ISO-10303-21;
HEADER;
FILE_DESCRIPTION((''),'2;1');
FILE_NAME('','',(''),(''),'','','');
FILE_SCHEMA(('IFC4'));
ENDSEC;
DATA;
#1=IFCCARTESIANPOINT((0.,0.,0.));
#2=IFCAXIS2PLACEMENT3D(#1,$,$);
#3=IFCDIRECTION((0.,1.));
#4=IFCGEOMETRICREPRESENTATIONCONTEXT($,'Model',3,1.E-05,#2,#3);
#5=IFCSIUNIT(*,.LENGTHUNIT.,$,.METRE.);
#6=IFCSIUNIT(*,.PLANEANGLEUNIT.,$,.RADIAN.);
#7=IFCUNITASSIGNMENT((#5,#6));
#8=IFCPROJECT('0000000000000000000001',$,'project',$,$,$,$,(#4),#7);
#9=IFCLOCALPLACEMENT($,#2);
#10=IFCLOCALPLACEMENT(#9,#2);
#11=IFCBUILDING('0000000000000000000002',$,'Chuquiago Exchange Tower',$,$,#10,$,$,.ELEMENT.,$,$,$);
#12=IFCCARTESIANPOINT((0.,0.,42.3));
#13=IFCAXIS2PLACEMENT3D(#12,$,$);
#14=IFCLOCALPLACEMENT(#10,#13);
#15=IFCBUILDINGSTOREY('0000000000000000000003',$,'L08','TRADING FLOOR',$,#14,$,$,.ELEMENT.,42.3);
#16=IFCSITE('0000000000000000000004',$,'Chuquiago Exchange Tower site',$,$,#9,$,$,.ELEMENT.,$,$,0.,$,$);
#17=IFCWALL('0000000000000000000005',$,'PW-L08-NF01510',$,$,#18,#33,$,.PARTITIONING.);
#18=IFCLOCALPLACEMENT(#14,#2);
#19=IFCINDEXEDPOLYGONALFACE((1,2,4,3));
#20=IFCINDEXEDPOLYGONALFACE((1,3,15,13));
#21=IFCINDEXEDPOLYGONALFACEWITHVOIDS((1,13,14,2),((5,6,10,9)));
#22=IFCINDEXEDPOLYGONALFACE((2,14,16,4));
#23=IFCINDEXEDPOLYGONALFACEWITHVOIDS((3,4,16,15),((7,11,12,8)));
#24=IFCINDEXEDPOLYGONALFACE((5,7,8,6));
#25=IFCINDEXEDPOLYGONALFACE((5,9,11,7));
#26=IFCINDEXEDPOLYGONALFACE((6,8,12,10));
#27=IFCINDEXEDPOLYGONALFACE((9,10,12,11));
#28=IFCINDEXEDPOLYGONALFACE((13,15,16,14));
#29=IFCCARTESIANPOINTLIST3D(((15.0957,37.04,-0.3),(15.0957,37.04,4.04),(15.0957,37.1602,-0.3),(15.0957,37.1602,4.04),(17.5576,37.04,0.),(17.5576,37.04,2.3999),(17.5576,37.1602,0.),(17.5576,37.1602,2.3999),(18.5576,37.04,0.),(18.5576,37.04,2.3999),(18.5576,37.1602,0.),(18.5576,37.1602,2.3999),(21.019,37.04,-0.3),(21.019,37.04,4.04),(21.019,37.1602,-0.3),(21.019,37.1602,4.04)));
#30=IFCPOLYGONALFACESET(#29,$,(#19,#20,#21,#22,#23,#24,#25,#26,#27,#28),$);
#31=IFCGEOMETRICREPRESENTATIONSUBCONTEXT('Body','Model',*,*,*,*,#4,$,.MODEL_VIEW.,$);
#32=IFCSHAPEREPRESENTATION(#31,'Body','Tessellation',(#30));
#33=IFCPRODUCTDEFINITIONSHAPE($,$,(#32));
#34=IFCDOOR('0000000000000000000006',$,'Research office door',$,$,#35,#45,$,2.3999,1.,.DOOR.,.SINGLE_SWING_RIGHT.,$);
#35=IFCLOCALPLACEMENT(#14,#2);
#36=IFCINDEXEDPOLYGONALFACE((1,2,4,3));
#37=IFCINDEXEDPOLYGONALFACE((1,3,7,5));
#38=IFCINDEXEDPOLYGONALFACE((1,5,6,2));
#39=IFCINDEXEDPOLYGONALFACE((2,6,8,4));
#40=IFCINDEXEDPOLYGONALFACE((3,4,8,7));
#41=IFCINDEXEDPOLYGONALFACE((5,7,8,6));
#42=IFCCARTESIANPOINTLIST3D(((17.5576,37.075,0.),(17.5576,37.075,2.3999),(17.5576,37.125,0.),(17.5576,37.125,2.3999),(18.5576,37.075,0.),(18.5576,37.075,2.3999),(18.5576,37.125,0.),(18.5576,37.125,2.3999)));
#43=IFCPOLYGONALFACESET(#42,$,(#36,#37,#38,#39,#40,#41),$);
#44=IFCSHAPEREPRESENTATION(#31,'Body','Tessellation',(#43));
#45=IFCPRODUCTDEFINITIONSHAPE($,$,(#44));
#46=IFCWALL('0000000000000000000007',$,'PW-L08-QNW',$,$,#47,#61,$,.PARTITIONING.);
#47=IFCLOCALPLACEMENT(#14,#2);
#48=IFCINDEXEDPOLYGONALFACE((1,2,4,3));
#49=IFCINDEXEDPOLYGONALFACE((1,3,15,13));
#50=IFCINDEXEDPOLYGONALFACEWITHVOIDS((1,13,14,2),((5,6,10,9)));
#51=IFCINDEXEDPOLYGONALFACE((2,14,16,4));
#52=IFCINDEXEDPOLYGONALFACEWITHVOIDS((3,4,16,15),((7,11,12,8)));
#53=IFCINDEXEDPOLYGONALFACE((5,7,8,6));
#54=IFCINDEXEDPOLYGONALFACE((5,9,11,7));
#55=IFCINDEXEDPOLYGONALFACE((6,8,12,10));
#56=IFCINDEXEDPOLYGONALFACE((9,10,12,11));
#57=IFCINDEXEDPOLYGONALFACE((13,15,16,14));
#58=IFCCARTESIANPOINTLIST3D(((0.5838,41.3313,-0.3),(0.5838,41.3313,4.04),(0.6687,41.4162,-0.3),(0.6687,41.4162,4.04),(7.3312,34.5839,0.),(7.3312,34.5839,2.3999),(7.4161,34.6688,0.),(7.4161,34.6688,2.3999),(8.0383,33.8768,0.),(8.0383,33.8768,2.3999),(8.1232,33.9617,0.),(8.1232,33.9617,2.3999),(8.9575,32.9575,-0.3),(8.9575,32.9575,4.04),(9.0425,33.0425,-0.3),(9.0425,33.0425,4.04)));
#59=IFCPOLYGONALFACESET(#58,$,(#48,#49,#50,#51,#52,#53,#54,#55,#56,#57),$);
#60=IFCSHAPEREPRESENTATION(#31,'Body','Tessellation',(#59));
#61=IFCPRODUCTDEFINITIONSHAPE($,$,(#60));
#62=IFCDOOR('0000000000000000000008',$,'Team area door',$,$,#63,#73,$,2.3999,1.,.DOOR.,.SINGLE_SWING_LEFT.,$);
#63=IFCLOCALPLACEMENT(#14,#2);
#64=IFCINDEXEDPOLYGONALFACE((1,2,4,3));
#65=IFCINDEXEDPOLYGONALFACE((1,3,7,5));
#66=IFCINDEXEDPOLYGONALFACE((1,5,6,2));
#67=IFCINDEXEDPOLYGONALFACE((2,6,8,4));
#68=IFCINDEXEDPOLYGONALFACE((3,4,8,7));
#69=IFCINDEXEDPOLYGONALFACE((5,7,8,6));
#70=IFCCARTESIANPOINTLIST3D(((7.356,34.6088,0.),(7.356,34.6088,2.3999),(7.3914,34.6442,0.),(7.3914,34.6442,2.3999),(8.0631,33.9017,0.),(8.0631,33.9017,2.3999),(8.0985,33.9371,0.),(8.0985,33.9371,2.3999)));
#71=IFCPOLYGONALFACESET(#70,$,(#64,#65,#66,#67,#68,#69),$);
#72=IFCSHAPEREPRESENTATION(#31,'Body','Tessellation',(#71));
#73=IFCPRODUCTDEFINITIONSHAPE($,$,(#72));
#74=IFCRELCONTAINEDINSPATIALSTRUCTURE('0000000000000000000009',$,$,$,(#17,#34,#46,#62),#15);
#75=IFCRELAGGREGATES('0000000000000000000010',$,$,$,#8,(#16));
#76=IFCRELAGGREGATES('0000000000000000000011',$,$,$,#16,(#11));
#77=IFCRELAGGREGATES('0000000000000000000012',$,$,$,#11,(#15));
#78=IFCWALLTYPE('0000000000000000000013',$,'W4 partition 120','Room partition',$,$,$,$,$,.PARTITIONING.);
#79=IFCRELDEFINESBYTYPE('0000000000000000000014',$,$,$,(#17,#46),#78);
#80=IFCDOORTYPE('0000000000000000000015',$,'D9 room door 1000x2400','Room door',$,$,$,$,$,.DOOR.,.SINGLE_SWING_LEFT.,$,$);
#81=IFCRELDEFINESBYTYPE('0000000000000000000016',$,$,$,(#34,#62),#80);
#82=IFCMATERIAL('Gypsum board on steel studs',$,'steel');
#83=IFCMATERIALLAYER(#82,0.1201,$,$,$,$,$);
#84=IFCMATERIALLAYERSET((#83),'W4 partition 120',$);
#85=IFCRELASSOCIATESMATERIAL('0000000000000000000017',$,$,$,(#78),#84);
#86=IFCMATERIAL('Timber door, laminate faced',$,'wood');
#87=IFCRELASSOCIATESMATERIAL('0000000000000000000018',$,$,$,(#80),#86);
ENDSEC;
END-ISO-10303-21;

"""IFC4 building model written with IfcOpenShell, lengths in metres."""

from ifc_helpers import new_model, si_unit, direction, frame, frame_2d, origin, place, context, subcontext, project, spatial, rectangle, extrude, material, layer, layer_set, type_object, element, fill, save


model = new_model("IFC4")

# Units and contexts
model_context = context("Model", 3, precision=1e-05, world=origin(), true_north=direction((0.0, 1.0)))
body_context = subcontext(model_context, "Body", "Model", "MODEL_VIEW")
ifc_project = project(units=[si_unit("LENGTHUNIT", "METRE"), si_unit("PLANEANGLEUNIT", "RADIAN")], contexts=[model_context])

# Site, building, storey
site_placement = place(None, origin())
site = spatial("IfcSite", under=ifc_project, at=site_placement, Name="Chuquiago Exchange Tower site", CompositionType="ELEMENT", RefElevation=0.0)
building_placement = place(site_placement, origin())
building = spatial("IfcBuilding", under=site, at=building_placement, Name="Chuquiago Exchange Tower", CompositionType="ELEMENT")
storey_placement = place(building_placement, frame((0.0, 0.0, 42.3)))
storey = spatial("IfcBuildingStorey", under=building, at=storey_placement, Name="L08", Description="TRADING FLOOR", CompositionType="ELEMENT", Elevation=42.3)

# Shared definitions
ifc_material_1 = material(Name="Gypsum board on steel studs", Category="steel")
ifc_layer_1 = layer(ifc_material_1, 0.1201)
ifc_layer_set_1 = layer_set([ifc_layer_1], Name="W4 partition 120")
wall_type_1 = type_object("IfcWallType", Name="W4 partition 120", Description="Room partition", PredefinedType="PARTITIONING", material=ifc_layer_set_1)

# Walls, openings, doors
ifc_material_2 = material(Name="Timber door, laminate faced", Category="wood")
door_type = type_object("IfcDoorType", Name="D9 room door 1000x2400", Description="Room door", OperationType="SINGLE_SWING_LEFT", PredefinedType="DOOR", material=ifc_material_2)
wall_1_placement = place(storey_placement, frame((15.0957, 37.1001, -0.3), z_axis=(0.0, 0.0, 1.0), x_axis=(1.0, 0.0, 0.0)))
wall_1 = element("IfcWall", 1, at=wall_1_placement, inside=storey, type_object=wall_type_1, Name="PW-L08-NF01510", PredefinedType="PARTITIONING", context=body_context, shape_type="SweptSolid", body=[
    extrude(rectangle(XDim=5.9233, YDim=0.1201, at=frame_2d((2.9617, 0.0))), origin(), (0.0, 0.0, 1.0), 4.3401),
])
opening_1_placement = place(wall_1_placement, frame((2.4619, 0.0, 0.3)))
opening_1 = element("IfcOpeningElement", 2, at=opening_1_placement, cuts=wall_1, PredefinedType="OPENING", context=body_context, shape_type="SweptSolid", body=[
    extrude(rectangle(XDim=1.0, YDim=2.3999, at=frame_2d((0.5, 1.2))), frame((0.0, 0.0701, 0.0), z_axis=(0.0, -1.0, 0.0), x_axis=(1.0, 0.0, 0.0)), (0.0, 0.0, 1.0), 0.1401),
])
door_1_placement = place(opening_1_placement, origin())
door_1 = element("IfcDoor", 3, at=door_1_placement, inside=storey, type_object=door_type, Name="Research office door", OperationType="SINGLE_SWING_RIGHT", OverallHeight=2.3999, OverallWidth=1.0, PredefinedType="DOOR", context=body_context, shape_type="SweptSolid", body=[
    extrude(rectangle(XDim=1.0, YDim=2.3999, at=frame_2d((0.5, 1.2))), frame((0.0, 0.0249, 0.0), z_axis=(0.0, -1.0, 0.0), x_axis=(1.0, 0.0, 0.0)), (0.0, 0.0, 1.0), 0.05),
])
fill(opening_1, door_1)
wall_2_placement = place(storey_placement, frame((9.0, 33.0, -0.3), z_axis=(0.0, 0.0, 1.0), x_axis=(-0.707107, 0.707107, 0.0)))
wall_2 = element("IfcWall", 4, at=wall_2_placement, inside=storey, type_object=wall_type_1, Name="PW-L08-QNW", PredefinedType="PARTITIONING", context=body_context, shape_type="SweptSolid", body=[
    extrude(rectangle(XDim=11.8423, YDim=0.1201, at=frame_2d((5.9211, 0.0))), origin(), (0.0, 0.0, 1.0), 4.3401),
])
opening_2_placement = place(wall_2_placement, frame((1.3, 0.0, 0.3)))
opening_2 = element("IfcOpeningElement", 5, at=opening_2_placement, cuts=wall_2, PredefinedType="OPENING", context=body_context, shape_type="SweptSolid", body=[
    extrude(rectangle(XDim=1.0, YDim=2.3999, at=frame_2d((0.5, 1.2))), frame((0.0, 0.0701, 0.0), z_axis=(0.0, -1.0, 0.0), x_axis=(1.0, 0.0, 0.0)), (0.0, 0.0, 1.0), 0.1401),
])
door_2_placement = place(opening_2_placement, origin())
door_2 = element("IfcDoor", 6, at=door_2_placement, inside=storey, type_object=door_type, Name="Team area door", OperationType="SINGLE_SWING_LEFT", OverallHeight=2.3999, OverallWidth=1.0, PredefinedType="DOOR", context=body_context, shape_type="SweptSolid", body=[
    extrude(rectangle(XDim=1.0, YDim=2.3999, at=frame_2d((0.5, 1.2))), frame((0.0, 0.0249, 0.0), z_axis=(0.0, -1.0, 0.0), x_axis=(1.0, 0.0, 0.0)), (0.0, 0.0, 1.0), 0.05),
])
fill(opening_2, door_2)

save(model, "model.ifc")
